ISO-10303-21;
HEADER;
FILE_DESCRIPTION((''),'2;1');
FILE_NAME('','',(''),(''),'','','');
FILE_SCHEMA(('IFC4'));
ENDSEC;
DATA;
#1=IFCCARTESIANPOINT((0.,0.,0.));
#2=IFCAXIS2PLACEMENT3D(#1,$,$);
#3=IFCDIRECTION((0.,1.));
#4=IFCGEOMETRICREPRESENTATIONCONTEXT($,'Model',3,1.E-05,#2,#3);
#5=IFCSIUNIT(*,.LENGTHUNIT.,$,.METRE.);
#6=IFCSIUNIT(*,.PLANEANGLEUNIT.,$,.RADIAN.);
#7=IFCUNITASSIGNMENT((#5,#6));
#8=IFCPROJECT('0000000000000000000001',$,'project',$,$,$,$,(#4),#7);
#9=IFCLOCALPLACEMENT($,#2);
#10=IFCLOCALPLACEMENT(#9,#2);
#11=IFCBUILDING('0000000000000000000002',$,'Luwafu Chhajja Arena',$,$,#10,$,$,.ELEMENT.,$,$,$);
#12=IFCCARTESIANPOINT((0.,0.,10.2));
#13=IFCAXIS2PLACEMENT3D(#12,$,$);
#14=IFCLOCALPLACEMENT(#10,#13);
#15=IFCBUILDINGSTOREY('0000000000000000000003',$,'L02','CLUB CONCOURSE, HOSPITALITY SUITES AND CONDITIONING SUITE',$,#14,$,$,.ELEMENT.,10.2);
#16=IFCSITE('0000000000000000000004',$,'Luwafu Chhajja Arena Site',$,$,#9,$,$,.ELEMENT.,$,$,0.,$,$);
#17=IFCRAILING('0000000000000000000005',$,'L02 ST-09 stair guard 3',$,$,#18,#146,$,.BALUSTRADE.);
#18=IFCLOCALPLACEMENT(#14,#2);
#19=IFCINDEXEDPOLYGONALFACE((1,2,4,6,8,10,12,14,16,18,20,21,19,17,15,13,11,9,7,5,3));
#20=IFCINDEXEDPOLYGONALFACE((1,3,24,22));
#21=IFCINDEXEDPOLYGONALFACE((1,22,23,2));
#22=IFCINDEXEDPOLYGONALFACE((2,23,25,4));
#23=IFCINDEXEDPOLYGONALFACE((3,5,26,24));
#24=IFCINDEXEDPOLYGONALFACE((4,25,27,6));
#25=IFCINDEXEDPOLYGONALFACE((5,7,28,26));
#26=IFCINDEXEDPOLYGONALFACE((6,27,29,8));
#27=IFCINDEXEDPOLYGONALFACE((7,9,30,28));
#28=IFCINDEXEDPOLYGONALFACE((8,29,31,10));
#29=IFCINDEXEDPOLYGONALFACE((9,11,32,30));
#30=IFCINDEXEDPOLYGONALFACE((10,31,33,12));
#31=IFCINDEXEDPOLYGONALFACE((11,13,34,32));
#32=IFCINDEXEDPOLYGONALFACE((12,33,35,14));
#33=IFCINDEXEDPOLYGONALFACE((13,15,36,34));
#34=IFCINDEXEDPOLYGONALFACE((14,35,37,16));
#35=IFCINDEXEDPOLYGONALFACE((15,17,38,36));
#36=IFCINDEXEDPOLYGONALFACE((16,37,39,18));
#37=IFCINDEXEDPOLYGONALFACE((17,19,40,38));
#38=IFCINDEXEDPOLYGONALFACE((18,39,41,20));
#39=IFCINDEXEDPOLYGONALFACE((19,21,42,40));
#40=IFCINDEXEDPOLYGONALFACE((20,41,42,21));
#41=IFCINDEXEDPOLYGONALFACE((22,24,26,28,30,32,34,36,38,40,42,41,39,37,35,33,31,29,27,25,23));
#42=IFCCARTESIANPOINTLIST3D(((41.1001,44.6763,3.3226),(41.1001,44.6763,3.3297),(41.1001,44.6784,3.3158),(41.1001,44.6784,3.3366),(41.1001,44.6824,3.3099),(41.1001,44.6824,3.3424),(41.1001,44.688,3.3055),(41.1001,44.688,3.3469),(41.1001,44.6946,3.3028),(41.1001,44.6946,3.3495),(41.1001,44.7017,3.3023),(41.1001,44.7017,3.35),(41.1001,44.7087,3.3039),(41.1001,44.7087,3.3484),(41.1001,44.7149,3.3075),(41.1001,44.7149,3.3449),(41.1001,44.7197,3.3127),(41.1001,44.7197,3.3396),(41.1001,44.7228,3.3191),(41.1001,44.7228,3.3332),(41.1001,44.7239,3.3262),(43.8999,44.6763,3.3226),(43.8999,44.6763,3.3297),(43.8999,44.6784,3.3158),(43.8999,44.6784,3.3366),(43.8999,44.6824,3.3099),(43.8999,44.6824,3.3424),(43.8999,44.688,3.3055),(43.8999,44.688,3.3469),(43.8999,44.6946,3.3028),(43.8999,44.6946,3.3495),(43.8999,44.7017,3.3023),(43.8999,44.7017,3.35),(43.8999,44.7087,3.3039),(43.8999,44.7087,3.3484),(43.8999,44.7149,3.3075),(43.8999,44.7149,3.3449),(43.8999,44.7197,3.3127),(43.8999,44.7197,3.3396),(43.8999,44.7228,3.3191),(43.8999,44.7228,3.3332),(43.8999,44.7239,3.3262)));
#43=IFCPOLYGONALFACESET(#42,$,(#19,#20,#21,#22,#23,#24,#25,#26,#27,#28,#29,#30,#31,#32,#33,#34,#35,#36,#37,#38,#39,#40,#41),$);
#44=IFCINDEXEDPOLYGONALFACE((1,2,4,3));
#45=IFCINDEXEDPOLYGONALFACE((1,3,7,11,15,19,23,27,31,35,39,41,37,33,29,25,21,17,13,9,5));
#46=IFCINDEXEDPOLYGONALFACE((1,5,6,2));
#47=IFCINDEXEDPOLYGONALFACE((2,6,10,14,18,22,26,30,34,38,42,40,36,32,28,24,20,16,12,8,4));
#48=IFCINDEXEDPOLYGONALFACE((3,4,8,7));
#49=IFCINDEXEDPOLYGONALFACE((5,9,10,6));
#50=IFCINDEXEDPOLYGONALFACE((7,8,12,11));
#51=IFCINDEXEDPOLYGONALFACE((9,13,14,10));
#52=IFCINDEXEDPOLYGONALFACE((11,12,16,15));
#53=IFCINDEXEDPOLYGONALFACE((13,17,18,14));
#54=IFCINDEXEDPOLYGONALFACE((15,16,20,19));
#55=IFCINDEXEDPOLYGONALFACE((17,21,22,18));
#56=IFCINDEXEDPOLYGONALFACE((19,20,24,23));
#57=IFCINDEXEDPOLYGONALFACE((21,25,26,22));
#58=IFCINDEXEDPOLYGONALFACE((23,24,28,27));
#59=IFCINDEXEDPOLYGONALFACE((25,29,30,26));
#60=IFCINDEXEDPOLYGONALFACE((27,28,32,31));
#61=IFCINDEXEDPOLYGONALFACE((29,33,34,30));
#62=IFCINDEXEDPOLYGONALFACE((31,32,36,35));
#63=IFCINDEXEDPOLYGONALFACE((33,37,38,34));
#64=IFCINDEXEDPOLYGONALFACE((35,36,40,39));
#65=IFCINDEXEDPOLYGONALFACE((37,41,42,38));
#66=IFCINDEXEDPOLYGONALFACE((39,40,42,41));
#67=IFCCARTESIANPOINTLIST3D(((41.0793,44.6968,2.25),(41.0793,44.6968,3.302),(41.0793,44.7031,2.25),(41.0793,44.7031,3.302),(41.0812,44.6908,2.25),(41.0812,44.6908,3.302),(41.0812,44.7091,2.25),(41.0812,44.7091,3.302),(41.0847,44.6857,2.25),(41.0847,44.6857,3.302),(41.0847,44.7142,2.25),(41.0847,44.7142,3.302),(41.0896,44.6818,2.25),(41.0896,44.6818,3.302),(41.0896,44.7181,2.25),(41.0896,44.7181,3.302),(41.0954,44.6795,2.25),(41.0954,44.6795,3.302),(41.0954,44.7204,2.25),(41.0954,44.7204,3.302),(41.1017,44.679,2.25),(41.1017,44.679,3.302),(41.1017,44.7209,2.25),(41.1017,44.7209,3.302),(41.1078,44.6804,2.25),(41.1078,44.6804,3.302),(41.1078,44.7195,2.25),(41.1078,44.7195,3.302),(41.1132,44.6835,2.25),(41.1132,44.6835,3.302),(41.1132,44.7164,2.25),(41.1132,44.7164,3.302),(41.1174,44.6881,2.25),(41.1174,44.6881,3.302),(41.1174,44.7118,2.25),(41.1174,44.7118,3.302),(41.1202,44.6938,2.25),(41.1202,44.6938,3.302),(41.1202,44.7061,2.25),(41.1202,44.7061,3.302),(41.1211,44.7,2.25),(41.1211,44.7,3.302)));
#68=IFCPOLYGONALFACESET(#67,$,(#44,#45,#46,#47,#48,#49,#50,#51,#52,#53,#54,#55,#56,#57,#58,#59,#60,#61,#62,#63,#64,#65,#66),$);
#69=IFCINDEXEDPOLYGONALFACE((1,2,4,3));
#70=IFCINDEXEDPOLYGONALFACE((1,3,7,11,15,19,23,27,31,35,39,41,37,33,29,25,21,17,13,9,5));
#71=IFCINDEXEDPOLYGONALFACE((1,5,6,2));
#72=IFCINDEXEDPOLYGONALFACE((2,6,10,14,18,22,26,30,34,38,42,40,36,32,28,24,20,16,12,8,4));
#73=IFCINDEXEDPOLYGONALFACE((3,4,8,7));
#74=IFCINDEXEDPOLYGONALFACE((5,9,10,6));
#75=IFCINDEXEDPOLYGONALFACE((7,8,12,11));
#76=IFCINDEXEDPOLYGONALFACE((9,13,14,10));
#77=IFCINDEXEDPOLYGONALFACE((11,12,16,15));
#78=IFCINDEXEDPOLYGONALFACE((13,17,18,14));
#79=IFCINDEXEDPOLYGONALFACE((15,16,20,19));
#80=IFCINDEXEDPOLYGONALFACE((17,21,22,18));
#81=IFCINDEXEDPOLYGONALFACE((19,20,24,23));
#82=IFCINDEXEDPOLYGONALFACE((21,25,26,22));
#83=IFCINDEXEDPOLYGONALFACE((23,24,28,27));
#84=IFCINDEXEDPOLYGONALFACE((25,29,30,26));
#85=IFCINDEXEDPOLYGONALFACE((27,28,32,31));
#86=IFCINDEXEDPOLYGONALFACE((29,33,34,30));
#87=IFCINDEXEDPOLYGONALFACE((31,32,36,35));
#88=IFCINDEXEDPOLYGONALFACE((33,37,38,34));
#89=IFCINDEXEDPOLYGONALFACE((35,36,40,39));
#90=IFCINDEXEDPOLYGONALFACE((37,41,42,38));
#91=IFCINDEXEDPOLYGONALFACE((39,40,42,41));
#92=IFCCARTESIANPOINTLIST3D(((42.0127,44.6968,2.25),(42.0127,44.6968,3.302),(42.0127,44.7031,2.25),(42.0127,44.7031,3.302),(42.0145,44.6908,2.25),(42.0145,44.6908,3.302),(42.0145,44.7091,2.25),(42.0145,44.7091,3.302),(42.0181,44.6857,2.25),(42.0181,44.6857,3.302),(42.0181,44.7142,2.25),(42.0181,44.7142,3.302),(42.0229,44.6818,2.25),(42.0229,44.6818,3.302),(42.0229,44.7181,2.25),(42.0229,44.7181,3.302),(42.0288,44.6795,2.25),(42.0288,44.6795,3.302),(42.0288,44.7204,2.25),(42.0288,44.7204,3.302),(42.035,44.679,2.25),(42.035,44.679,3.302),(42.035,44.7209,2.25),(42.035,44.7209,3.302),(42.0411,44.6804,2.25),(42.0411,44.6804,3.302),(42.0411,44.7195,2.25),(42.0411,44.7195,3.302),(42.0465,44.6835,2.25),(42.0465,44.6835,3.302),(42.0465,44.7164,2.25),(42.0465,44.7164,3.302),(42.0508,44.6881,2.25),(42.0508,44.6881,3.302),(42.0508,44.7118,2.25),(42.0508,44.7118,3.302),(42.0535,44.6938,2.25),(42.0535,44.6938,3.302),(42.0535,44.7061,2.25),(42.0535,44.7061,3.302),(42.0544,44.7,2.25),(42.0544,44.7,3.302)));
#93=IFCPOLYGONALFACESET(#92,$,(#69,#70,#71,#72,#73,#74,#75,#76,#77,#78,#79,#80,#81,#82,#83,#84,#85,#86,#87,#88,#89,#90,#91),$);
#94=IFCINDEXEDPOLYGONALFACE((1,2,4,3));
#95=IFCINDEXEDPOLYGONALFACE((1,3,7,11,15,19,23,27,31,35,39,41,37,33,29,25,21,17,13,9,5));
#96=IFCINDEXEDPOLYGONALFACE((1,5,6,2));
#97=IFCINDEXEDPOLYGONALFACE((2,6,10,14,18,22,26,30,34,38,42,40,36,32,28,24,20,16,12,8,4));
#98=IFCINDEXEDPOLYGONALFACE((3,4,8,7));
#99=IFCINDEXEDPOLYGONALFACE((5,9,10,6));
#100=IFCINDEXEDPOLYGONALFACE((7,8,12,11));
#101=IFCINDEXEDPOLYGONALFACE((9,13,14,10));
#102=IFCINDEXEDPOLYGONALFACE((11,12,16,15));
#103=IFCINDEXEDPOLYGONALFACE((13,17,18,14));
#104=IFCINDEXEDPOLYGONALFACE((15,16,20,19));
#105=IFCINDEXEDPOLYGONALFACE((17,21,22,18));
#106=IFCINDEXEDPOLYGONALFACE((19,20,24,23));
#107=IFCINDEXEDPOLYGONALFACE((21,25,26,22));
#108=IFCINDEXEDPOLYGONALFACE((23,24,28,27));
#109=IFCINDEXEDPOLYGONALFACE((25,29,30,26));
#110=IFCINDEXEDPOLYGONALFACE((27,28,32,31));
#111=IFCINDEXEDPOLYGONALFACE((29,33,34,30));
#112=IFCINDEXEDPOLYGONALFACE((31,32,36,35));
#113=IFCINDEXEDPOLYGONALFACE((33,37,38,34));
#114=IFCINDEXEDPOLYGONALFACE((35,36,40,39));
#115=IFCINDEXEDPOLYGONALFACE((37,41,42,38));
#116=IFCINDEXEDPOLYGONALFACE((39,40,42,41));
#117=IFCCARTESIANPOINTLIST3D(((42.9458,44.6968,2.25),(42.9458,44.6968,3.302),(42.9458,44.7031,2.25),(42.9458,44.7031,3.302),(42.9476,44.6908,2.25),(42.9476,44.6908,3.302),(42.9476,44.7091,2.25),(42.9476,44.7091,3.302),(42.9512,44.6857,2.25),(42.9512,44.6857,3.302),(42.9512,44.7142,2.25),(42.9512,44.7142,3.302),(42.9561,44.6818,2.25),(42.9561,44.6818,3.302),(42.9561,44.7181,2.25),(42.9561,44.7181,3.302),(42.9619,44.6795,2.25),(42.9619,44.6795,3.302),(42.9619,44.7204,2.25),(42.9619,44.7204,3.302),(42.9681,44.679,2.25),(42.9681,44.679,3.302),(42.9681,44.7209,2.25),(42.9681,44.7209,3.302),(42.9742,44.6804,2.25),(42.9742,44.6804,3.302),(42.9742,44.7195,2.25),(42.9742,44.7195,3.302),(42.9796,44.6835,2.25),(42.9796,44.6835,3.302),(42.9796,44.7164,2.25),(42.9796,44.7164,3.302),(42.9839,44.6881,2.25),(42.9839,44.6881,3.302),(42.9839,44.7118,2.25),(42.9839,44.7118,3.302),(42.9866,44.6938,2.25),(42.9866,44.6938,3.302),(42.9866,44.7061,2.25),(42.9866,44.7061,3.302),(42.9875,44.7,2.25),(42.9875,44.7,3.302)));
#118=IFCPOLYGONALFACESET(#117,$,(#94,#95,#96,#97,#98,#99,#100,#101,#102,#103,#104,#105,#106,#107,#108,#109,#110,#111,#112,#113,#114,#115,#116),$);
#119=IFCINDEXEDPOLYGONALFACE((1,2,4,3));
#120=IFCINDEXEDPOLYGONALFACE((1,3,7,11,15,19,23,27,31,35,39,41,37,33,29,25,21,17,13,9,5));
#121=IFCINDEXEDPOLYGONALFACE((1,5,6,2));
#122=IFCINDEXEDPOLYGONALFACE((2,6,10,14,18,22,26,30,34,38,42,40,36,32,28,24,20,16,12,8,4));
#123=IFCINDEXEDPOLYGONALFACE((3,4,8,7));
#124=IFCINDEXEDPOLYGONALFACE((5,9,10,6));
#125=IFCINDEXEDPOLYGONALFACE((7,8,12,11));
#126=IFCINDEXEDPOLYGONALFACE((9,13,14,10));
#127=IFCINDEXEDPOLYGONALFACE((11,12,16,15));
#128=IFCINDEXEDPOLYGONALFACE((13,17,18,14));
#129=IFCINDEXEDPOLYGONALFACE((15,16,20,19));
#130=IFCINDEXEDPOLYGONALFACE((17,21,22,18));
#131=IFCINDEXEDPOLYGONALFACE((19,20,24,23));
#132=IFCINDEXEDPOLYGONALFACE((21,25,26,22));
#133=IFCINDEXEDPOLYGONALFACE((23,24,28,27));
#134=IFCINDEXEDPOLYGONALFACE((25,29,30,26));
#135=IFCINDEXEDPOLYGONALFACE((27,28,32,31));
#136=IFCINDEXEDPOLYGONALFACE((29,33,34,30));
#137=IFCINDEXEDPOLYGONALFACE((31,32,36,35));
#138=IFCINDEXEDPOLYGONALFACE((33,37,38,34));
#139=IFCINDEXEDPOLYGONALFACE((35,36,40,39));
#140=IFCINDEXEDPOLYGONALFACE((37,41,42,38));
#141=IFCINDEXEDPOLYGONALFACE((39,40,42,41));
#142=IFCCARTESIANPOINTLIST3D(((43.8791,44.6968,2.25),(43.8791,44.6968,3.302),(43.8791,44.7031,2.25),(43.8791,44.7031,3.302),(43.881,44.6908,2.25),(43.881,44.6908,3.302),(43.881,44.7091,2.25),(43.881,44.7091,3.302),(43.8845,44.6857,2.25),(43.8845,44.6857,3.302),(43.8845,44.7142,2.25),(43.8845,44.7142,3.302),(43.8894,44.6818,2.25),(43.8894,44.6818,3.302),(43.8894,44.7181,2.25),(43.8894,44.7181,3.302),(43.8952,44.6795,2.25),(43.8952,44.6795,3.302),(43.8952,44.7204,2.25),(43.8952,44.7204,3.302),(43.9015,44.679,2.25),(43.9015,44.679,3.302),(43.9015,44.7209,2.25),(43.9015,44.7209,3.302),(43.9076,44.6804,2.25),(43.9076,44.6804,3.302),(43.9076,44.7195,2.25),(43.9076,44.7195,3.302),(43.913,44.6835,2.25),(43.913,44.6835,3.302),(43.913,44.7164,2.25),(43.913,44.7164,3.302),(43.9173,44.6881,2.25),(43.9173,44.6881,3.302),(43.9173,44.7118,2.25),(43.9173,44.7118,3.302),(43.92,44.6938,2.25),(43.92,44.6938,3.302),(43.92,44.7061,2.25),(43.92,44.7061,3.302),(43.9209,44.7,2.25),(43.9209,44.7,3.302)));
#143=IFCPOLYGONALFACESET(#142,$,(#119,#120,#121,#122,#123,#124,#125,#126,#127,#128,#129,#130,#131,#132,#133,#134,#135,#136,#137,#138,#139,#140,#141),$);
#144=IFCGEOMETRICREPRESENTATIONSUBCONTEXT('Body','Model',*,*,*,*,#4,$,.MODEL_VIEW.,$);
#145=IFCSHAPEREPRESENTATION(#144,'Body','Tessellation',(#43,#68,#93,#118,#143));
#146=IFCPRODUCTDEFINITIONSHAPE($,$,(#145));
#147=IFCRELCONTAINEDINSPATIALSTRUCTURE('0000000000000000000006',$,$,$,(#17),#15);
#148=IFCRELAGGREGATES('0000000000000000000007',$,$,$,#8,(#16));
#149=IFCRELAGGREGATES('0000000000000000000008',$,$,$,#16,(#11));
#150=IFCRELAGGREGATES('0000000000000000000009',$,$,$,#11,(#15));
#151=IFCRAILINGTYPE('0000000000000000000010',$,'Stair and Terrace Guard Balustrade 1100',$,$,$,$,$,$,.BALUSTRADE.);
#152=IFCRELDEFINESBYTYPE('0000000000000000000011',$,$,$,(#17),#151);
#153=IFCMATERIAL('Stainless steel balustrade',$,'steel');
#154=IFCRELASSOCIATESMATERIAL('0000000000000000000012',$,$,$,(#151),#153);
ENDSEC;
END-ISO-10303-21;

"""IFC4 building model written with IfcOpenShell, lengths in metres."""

from ifc_helpers import new_model, si_unit, direction, frame, origin, origin_2d, place, context, subcontext, project, spatial, circle, extrude, material, type_object, element, save


model = new_model("IFC4")

# Units and contexts
model_context = context("Model", 3, precision=1e-05, world=origin(), true_north=direction((0.0, 1.0)))
body_context = subcontext(model_context, "Body", "Model", "MODEL_VIEW")
ifc_project = project(units=[si_unit("LENGTHUNIT", "METRE"), si_unit("PLANEANGLEUNIT", "RADIAN")], contexts=[model_context])

# Site, building, storey
site_placement = place(None, origin())
site = spatial("IfcSite", under=ifc_project, at=site_placement, Name="Luwafu Chhajja Arena Site", CompositionType="ELEMENT", RefElevation=0.0)
building_placement = place(site_placement, origin())
building = spatial("IfcBuilding", under=site, at=building_placement, Name="Luwafu Chhajja Arena", CompositionType="ELEMENT")
storey_placement = place(building_placement, frame((0.0, 0.0, 10.2)))
storey = spatial("IfcBuildingStorey", under=building, at=storey_placement, Name="L02", Description="CLUB CONCOURSE, HOSPITALITY SUITES AND CONDITIONING SUITE", CompositionType="ELEMENT", Elevation=10.2)

# Railing
ifc_material_1 = material(Name="Stainless steel balustrade", Category="steel")
railing_type_1 = type_object("IfcRailingType", Name="Stair and Terrace Guard Balustrade 1100", PredefinedType="BALUSTRADE", material=ifc_material_1)
for number, where, name in (
    (1, (41.1001, 44.7, 2.25), "L02 ST-09 stair guard 3"),
):
    element("IfcRailing", number, at=place(storey_placement, frame(where)), inside=storey, type_object=railing_type_1, Name=name, PredefinedType="BALUSTRADE", context=body_context, shape_type="SweptSolid", body=[
        extrude(circle(Radius=0.0239, at=origin_2d()), frame((0.0, 0.0, 1.0762), z_axis=(1.0, 0.0, 0.0), x_axis=(0.0, 1.0, 0.0)), (0.0, 0.0, 1.0), 2.7998),
        extrude(circle(Radius=0.021, at=origin_2d()), origin(), (0.0, 0.0, 1.0), 1.052),
        extrude(circle(Radius=0.021, at=origin_2d()), frame((0.9333, 0.0, 0.0)), (0.0, 0.0, 1.0), 1.052),
        extrude(circle(Radius=0.021, at=origin_2d()), frame((1.8665, 0.0, 0.0)), (0.0, 0.0, 1.0), 1.052),
        extrude(circle(Radius=0.021, at=origin_2d()), frame((2.7998, 0.0, 0.0)), (0.0, 0.0, 1.0), 1.052),
    ])

save(model, "model.ifc")
